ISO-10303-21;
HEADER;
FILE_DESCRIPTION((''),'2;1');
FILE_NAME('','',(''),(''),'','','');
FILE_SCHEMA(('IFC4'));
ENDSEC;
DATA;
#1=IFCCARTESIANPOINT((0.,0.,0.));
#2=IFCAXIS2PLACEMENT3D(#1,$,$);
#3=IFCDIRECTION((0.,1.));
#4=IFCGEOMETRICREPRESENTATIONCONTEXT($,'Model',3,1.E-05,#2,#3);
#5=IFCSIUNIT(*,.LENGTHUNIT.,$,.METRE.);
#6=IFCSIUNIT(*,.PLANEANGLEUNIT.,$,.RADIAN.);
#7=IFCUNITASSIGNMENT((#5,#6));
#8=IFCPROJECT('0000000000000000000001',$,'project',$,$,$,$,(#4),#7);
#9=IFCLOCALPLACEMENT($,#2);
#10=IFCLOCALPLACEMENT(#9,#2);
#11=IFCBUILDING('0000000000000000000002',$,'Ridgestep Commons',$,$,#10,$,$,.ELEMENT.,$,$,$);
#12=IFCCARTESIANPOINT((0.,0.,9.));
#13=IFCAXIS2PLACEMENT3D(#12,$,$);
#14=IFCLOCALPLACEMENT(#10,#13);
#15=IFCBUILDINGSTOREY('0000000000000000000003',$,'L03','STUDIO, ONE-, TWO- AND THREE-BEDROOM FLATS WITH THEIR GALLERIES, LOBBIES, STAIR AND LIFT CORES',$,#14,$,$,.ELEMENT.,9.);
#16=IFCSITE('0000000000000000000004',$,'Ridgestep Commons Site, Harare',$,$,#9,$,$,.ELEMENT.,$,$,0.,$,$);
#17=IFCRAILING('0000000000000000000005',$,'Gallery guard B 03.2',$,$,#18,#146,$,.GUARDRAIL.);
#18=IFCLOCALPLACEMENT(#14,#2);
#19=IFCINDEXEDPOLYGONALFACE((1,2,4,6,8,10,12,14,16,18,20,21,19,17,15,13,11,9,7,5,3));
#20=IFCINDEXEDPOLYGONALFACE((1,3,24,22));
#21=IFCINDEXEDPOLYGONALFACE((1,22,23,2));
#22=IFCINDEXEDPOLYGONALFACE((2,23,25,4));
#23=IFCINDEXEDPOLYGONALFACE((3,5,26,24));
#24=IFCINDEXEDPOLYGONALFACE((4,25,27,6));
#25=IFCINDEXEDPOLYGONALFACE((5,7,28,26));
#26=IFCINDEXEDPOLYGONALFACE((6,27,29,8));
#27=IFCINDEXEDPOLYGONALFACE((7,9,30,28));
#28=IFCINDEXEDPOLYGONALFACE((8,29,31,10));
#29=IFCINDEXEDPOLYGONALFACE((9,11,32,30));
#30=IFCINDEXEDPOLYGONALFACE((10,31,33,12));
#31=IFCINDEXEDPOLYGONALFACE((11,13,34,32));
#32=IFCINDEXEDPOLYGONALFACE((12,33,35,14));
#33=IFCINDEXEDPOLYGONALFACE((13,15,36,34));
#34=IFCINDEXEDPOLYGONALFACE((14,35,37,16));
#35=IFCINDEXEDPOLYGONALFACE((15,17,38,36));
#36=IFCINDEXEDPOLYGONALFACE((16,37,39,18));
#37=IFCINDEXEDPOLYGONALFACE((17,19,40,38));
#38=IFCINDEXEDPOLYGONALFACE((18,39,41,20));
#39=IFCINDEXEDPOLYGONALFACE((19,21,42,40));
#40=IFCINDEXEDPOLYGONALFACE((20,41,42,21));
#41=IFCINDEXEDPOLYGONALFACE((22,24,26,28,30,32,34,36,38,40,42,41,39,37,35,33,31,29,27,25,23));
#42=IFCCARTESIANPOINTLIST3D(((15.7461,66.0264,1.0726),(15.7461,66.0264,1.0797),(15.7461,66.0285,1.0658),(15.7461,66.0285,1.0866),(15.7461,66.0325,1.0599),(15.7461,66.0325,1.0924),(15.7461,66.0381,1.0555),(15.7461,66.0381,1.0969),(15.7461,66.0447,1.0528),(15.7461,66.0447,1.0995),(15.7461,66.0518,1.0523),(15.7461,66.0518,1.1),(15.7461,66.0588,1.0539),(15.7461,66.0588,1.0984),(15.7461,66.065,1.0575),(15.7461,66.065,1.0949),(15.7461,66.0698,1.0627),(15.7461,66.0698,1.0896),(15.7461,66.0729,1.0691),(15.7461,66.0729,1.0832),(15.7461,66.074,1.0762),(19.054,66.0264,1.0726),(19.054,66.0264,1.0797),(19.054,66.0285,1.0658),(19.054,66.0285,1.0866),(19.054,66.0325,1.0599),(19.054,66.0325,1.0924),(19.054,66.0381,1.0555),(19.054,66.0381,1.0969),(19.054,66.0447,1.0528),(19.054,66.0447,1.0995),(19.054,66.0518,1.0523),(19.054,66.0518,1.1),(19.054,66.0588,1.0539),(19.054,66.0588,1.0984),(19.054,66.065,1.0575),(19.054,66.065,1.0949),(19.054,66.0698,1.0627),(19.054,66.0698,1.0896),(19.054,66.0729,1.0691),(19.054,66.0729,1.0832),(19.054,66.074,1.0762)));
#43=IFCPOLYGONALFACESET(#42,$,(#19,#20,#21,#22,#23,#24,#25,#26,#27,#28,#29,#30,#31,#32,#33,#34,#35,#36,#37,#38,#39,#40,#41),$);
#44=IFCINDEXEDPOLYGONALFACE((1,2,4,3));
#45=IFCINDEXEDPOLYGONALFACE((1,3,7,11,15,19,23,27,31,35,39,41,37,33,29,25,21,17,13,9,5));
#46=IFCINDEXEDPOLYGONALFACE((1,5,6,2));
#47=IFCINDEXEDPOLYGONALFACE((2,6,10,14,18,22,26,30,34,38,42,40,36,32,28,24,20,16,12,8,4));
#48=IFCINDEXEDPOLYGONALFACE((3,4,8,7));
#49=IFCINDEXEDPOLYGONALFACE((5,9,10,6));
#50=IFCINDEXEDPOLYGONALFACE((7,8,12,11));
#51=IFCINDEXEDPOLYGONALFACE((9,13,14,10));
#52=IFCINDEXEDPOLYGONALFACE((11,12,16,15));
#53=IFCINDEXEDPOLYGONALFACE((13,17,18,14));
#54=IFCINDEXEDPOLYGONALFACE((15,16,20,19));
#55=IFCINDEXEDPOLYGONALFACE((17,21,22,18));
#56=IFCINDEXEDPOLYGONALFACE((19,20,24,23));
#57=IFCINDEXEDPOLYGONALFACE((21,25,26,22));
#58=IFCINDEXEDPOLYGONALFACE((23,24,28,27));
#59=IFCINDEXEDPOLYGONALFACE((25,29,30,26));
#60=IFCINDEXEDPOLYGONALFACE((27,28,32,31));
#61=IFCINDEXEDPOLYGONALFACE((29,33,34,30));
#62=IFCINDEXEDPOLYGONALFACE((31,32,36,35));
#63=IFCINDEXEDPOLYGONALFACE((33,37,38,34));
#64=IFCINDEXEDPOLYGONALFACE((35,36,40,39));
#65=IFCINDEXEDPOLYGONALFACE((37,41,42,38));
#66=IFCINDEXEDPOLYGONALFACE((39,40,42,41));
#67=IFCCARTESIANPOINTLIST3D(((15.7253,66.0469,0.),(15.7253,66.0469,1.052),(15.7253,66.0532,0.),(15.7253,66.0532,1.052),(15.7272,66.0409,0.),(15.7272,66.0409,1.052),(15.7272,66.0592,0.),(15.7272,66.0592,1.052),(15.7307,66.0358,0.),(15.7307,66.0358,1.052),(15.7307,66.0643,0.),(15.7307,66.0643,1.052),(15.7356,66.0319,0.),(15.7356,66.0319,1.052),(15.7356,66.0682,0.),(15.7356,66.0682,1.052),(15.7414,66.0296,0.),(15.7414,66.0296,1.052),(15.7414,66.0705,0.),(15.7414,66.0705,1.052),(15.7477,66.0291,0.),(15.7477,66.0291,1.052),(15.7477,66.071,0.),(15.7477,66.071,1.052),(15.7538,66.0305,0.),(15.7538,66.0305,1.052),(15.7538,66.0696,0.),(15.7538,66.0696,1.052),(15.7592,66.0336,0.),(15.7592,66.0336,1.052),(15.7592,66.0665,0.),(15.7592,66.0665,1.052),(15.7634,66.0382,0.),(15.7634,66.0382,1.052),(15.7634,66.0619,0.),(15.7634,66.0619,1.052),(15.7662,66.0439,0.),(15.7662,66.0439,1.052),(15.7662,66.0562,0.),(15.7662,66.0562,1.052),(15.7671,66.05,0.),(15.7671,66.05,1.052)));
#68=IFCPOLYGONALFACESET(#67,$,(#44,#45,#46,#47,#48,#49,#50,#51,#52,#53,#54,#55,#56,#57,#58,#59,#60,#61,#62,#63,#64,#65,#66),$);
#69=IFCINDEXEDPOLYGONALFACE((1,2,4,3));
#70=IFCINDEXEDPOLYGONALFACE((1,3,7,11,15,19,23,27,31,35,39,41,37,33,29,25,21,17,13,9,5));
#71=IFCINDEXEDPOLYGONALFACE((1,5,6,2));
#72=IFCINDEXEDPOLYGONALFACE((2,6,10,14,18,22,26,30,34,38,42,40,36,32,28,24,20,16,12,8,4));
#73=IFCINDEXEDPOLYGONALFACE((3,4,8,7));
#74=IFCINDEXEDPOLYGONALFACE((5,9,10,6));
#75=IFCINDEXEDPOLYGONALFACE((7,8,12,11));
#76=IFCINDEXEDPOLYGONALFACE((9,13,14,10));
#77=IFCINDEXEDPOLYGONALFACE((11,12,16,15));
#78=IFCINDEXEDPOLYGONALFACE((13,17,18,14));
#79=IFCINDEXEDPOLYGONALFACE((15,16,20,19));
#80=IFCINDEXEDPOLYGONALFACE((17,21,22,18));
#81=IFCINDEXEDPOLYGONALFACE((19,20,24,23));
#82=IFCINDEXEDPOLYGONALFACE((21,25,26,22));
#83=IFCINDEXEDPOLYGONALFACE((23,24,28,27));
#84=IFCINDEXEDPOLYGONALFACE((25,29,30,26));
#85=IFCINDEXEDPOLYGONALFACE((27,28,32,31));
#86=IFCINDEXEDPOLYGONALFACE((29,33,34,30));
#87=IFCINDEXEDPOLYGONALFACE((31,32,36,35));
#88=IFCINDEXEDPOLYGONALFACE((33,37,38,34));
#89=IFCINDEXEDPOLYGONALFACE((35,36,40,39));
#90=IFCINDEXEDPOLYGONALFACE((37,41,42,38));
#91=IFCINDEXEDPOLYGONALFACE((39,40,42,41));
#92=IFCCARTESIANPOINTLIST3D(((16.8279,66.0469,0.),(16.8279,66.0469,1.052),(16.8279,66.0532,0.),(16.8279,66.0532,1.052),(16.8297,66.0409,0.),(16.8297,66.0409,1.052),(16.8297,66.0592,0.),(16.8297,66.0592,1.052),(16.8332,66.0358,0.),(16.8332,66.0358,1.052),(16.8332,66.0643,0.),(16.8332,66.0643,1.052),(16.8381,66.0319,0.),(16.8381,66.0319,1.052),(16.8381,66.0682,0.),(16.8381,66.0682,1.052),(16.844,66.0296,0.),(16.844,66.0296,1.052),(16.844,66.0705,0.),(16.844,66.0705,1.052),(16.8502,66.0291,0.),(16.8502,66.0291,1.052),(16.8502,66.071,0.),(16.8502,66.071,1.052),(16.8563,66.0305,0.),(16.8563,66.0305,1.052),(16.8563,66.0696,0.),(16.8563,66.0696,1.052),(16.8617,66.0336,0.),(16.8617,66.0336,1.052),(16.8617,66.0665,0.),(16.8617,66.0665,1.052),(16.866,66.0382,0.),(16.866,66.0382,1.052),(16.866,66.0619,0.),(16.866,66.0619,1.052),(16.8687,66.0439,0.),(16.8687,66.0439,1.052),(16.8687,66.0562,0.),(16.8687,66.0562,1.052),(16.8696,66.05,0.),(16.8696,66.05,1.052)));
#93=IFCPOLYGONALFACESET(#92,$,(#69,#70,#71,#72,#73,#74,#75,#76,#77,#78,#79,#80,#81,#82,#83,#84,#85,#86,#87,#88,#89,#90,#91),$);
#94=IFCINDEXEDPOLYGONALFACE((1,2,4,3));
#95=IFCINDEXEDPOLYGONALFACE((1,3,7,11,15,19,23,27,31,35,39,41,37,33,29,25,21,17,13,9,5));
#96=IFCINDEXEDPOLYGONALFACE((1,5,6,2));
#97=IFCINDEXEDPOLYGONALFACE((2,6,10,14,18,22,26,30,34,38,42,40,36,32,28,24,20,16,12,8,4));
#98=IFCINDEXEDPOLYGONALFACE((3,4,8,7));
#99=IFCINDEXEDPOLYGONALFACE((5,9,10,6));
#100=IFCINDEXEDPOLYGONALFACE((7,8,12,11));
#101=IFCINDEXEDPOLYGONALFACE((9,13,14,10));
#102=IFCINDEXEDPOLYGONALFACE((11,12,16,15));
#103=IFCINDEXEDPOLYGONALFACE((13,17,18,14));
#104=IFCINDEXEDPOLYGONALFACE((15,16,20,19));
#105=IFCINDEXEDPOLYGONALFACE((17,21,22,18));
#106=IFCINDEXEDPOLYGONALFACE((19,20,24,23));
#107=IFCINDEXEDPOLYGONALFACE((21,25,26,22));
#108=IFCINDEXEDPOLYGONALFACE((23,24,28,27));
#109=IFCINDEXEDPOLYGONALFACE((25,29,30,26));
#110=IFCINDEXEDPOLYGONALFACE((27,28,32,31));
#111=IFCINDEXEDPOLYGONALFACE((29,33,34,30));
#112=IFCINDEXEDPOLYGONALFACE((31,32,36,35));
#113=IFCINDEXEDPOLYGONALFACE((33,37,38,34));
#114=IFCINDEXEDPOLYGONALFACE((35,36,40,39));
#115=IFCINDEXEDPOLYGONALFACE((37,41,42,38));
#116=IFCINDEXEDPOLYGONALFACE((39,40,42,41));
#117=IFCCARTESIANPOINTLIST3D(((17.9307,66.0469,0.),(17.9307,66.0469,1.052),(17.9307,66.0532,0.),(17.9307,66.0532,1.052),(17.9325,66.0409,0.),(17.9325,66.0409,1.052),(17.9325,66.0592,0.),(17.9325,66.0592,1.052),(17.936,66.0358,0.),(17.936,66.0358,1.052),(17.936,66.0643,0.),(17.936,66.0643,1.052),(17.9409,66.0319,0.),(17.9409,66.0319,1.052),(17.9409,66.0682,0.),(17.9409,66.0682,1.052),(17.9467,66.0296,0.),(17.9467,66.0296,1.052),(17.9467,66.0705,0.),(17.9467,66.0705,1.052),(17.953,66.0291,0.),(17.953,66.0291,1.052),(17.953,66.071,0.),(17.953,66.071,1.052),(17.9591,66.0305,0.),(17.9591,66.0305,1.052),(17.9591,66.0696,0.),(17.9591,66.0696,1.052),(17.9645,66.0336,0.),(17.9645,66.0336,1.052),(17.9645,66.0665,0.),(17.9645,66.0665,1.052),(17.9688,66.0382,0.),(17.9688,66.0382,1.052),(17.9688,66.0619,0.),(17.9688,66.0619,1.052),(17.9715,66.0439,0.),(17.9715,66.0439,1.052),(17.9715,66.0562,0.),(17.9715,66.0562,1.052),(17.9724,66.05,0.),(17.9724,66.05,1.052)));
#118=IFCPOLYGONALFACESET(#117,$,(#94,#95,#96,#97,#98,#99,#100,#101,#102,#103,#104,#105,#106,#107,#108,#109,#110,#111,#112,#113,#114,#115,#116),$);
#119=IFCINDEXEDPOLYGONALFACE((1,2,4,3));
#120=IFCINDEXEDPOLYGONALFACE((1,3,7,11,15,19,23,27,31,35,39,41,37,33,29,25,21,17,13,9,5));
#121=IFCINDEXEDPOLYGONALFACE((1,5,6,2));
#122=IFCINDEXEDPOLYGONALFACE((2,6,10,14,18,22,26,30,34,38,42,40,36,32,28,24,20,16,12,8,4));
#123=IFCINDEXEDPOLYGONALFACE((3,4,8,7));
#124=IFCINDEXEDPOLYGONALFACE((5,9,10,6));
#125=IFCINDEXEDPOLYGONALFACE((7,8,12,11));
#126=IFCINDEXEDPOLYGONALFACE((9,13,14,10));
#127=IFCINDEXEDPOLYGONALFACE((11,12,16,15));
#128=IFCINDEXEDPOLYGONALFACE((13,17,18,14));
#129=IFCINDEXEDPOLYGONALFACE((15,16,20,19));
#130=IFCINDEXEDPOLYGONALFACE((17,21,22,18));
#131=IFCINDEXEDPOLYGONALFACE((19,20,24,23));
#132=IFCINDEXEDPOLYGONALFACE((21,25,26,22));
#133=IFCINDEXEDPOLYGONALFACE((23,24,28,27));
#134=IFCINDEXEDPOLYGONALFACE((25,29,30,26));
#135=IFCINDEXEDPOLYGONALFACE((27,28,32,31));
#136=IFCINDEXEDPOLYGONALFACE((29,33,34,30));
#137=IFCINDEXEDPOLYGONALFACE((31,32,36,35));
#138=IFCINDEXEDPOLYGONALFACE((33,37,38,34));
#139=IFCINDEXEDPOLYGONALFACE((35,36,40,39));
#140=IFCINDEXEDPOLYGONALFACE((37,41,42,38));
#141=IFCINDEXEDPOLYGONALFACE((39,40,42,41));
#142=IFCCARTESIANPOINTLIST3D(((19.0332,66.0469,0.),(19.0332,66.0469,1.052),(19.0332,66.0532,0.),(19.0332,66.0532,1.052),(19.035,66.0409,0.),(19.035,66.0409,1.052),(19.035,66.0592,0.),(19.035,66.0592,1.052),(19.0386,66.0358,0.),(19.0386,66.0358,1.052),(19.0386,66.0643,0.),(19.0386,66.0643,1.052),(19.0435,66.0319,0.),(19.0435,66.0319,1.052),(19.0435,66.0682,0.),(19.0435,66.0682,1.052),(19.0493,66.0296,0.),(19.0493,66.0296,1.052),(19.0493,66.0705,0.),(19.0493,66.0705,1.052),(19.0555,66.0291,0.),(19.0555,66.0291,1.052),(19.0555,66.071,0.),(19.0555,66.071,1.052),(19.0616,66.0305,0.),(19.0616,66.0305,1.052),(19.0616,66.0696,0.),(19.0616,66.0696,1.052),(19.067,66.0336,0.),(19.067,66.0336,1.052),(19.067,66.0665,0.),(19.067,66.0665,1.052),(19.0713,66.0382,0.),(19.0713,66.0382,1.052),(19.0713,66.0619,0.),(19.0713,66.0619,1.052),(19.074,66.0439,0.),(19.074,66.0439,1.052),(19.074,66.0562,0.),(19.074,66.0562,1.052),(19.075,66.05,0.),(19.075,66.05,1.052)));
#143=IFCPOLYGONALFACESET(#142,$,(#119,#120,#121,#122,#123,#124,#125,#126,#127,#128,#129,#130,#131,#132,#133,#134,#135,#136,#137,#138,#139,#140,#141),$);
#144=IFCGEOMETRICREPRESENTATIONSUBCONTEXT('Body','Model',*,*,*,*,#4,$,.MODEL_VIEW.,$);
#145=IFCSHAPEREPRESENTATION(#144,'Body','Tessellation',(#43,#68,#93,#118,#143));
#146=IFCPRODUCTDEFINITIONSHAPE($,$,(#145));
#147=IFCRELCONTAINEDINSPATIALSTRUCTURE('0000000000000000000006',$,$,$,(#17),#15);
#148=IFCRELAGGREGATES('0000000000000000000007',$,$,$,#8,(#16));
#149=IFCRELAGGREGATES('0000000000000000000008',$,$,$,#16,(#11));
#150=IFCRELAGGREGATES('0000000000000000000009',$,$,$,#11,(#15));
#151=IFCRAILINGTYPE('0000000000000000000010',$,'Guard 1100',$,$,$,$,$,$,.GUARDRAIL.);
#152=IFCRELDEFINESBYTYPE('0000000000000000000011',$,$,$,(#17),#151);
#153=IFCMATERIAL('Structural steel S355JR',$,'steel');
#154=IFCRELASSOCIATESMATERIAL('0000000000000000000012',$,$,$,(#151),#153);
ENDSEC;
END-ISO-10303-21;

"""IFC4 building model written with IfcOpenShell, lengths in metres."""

from ifc_helpers import new_model, si_unit, direction, frame, origin, origin_2d, place, context, subcontext, project, spatial, circle, extrude, material, type_object, element, save


model = new_model("IFC4")

# Units and contexts
model_context = context("Model", 3, precision=1e-05, world=origin(), true_north=direction((0.0, 1.0)))
body_context = subcontext(model_context, "Body", "Model", "MODEL_VIEW")
ifc_project = project(units=[si_unit("LENGTHUNIT", "METRE"), si_unit("PLANEANGLEUNIT", "RADIAN")], contexts=[model_context])

# Site, building, storey
site_placement = place(None, origin())
site = spatial("IfcSite", under=ifc_project, at=site_placement, Name="Ridgestep Commons Site, Harare", CompositionType="ELEMENT", RefElevation=0.0)
building_placement = place(site_placement, origin())
building = spatial("IfcBuilding", under=site, at=building_placement, Name="Ridgestep Commons", CompositionType="ELEMENT")
storey_placement = place(building_placement, frame((0.0, 0.0, 9.0)))
storey = spatial("IfcBuildingStorey", under=building, at=storey_placement, Name="L03", Description="STUDIO, ONE-, TWO- AND THREE-BEDROOM FLATS WITH THEIR GALLERIES, LOBBIES, STAIR AND LIFT CORES", CompositionType="ELEMENT", Elevation=9.0)

# Railing
ifc_material_1 = material(Name="Structural steel S355JR", Category="steel")
railing_type_1 = type_object("IfcRailingType", Name="Guard 1100", PredefinedType="GUARDRAIL", material=ifc_material_1)
railing_1_placement = place(storey_placement, frame((15.7461, 66.05, 0.0)))
element("IfcRailing", 1, at=railing_1_placement, inside=storey, type_object=railing_type_1, Name="Gallery guard B 03.2", PredefinedType="GUARDRAIL", context=body_context, shape_type="SweptSolid", body=[
    extrude(circle(Radius=0.0239, at=origin_2d()), frame((0.0, 0.0, 1.0762), z_axis=(1.0, 0.0, 0.0), x_axis=(0.0, 1.0, 0.0)), (0.0, 0.0, 1.0), 3.3079),
    extrude(circle(Radius=0.021, at=origin_2d()), origin(), (0.0, 0.0, 1.0), 1.052),
    extrude(circle(Radius=0.021, at=origin_2d()), frame((1.1025, 0.0, 0.0)), (0.0, 0.0, 1.0), 1.052),
    extrude(circle(Radius=0.021, at=origin_2d()), frame((2.2053, 0.0, 0.0)), (0.0, 0.0, 1.0), 1.052),
    extrude(circle(Radius=0.021, at=origin_2d()), frame((3.3079, 0.0, 0.0)), (0.0, 0.0, 1.0), 1.052),
])

save(model, "model.ifc")
